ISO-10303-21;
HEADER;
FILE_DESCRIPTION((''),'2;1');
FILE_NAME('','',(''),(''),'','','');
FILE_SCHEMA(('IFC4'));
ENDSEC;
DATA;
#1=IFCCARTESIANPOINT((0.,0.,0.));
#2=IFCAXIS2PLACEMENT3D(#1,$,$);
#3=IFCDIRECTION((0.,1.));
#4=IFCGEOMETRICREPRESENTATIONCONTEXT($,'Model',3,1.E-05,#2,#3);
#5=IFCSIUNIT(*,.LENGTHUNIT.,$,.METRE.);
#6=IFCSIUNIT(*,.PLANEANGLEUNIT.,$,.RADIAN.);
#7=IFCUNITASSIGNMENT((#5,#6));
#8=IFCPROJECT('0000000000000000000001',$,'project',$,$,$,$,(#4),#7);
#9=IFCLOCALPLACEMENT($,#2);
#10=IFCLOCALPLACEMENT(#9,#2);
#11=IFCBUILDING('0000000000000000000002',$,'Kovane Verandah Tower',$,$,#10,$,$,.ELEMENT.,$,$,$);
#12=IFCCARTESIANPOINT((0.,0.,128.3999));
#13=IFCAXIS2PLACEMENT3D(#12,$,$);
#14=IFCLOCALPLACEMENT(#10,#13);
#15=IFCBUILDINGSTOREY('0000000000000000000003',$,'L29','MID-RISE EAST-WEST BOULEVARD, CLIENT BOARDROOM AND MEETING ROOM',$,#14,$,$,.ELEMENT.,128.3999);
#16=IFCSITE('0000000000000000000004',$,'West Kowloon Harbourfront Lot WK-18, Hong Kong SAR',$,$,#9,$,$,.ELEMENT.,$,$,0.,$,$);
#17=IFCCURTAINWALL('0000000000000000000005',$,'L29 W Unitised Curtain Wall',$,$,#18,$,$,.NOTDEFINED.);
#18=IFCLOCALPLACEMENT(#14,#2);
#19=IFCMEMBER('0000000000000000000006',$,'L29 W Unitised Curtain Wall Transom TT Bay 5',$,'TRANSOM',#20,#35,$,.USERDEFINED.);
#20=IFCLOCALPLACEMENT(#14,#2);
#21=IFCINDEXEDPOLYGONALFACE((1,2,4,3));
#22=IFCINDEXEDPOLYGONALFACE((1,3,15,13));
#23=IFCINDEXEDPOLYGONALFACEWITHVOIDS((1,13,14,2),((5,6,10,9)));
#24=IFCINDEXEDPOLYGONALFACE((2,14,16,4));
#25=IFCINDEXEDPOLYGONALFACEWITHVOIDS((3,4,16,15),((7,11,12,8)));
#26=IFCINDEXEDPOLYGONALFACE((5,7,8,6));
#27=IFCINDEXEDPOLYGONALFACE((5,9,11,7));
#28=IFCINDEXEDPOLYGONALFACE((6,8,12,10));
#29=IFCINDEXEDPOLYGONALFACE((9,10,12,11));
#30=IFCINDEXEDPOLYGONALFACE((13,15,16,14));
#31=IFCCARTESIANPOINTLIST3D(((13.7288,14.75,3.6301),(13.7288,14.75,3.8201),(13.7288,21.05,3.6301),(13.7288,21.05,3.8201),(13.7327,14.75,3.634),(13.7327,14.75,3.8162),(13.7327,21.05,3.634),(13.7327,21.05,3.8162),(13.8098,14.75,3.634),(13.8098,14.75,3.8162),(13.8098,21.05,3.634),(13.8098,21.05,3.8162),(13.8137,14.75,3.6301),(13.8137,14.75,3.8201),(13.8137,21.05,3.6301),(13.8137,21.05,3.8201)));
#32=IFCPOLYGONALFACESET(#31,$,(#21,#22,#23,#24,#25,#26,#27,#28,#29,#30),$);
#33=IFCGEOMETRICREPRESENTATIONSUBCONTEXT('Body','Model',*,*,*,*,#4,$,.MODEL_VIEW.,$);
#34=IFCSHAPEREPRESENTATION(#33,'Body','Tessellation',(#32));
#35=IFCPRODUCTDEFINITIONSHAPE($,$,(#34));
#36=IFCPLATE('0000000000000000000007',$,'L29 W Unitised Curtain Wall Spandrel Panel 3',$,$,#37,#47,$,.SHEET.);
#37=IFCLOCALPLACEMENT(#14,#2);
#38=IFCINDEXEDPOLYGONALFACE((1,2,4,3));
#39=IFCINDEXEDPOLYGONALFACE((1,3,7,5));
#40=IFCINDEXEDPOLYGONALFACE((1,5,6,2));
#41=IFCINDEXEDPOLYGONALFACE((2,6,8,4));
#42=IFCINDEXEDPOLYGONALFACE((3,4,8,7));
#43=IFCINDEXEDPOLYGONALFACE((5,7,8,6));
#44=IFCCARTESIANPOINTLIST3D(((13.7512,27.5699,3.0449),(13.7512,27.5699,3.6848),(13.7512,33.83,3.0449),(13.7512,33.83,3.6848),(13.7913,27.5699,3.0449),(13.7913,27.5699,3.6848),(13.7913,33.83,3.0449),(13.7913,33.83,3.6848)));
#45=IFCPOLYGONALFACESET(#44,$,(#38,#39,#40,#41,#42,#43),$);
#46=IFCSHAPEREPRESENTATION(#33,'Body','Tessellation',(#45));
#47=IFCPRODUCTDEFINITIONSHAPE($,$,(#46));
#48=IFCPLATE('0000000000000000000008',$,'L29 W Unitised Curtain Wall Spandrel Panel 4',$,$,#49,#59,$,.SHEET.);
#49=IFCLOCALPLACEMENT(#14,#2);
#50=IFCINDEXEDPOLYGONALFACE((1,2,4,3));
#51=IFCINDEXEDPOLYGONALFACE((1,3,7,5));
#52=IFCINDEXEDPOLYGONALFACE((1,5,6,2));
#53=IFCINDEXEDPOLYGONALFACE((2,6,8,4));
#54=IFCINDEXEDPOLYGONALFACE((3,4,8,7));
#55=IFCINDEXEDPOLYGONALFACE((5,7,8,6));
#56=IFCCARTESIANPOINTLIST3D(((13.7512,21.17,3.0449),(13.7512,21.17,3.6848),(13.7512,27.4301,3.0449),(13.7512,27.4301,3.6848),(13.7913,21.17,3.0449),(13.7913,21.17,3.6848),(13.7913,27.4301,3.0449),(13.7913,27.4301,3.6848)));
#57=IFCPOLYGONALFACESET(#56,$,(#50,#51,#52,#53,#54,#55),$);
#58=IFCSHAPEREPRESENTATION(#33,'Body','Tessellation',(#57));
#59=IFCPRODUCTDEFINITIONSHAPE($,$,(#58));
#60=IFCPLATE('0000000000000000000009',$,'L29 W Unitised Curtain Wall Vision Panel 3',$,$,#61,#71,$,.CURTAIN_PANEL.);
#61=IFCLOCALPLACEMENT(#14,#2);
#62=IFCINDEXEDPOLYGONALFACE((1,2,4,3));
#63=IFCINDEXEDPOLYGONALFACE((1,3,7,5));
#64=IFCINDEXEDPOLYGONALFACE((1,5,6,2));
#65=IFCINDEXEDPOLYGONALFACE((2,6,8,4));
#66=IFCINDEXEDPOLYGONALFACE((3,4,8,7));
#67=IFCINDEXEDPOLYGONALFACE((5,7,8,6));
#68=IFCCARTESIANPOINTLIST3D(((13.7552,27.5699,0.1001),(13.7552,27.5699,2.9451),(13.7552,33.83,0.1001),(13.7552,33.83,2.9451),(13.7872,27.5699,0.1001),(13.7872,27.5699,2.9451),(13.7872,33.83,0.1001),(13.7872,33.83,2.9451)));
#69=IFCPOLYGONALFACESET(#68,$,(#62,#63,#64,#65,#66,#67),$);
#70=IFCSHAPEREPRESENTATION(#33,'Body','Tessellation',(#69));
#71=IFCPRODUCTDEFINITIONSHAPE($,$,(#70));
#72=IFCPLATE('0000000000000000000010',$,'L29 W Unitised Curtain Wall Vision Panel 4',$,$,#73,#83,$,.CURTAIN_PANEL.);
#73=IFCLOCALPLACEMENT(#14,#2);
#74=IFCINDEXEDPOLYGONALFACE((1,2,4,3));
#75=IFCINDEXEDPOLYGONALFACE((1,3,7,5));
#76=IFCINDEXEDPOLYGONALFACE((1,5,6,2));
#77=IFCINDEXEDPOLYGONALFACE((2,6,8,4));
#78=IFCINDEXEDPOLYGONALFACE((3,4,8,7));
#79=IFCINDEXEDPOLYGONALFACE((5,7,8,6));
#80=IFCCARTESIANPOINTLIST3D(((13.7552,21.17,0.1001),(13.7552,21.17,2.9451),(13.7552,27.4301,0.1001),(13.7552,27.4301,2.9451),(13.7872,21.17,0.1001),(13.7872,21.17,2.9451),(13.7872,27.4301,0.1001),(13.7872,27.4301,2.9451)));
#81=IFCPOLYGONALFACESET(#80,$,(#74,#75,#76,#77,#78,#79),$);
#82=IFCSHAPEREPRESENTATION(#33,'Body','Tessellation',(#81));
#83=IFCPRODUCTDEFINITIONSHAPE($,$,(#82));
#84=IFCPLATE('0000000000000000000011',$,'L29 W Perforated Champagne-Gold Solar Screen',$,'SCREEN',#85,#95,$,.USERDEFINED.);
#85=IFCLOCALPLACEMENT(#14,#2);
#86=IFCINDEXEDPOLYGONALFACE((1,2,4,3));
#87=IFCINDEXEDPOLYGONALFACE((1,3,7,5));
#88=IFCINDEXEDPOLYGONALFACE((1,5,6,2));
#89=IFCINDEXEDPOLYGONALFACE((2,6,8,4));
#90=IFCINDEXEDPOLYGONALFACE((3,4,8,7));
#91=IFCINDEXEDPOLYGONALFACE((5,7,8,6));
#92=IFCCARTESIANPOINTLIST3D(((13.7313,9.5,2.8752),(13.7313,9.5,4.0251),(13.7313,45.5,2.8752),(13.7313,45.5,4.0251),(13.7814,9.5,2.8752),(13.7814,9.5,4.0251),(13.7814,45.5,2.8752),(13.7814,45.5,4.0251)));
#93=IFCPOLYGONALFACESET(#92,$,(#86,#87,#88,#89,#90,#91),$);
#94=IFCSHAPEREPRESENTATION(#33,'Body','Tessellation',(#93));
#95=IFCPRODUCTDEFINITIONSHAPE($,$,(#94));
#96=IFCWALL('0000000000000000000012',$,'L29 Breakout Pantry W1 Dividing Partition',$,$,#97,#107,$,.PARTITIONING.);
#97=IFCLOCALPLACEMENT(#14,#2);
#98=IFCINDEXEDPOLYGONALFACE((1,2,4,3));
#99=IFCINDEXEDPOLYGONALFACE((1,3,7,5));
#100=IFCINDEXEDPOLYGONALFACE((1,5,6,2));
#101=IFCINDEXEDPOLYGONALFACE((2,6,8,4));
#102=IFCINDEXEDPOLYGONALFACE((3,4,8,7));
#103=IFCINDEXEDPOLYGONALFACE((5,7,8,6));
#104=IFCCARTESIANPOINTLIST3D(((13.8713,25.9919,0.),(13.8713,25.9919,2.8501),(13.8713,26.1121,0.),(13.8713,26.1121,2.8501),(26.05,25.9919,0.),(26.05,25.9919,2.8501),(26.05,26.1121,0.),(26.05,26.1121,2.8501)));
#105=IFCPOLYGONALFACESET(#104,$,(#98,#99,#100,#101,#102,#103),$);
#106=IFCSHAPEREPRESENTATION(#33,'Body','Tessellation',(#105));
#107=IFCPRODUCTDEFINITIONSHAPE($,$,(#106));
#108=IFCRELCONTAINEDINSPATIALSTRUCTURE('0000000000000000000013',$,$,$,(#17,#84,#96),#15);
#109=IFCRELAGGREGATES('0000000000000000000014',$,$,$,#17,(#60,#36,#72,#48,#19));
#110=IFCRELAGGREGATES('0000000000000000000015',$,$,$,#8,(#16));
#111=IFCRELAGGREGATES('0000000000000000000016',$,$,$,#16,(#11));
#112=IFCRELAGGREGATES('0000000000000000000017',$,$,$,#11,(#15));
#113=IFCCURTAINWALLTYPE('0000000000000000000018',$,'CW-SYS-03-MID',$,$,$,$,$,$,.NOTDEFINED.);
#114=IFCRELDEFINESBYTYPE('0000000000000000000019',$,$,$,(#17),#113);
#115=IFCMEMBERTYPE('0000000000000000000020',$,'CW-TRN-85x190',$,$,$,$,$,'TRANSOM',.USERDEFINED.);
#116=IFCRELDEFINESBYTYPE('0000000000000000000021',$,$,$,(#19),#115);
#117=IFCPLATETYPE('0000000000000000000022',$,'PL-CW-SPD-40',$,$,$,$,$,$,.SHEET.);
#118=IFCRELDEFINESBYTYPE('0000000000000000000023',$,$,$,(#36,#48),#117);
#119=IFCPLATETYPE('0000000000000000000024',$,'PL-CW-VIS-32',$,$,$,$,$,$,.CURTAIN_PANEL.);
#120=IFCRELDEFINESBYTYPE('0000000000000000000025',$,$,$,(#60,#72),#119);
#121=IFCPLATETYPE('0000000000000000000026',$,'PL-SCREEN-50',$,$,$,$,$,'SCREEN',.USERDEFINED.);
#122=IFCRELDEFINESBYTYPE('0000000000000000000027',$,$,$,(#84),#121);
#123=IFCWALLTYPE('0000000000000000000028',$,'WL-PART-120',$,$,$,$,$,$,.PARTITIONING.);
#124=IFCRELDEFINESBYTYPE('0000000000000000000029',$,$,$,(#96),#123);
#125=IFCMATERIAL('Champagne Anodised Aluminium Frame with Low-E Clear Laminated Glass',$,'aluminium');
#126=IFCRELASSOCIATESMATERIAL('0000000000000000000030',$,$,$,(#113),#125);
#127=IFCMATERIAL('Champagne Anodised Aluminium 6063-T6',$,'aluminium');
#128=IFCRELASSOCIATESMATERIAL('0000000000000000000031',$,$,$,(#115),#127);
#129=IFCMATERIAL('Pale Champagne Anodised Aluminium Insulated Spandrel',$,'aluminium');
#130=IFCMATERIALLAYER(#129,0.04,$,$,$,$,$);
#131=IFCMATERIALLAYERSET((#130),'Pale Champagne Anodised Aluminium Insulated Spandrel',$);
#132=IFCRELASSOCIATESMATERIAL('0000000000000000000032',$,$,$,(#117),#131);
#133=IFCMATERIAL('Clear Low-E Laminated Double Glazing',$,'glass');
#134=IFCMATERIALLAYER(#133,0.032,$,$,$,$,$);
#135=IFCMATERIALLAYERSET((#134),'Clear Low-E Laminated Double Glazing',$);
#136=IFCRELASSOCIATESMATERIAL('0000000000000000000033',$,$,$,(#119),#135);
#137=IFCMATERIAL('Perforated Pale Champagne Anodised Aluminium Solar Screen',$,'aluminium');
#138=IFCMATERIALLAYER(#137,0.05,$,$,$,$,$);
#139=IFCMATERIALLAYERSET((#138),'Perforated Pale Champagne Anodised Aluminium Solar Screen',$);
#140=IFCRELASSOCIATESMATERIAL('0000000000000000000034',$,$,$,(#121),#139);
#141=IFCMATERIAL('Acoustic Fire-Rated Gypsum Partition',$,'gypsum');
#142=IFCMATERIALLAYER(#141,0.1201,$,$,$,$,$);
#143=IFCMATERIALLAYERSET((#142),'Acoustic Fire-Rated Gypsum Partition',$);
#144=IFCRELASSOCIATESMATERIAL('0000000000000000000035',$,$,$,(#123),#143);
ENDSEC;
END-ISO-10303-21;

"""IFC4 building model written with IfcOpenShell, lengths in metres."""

from ifc_helpers import new_model, si_unit, direction, frame, frame_2d, origin, origin_2d, place, context, subcontext, project, spatial, rectangle, hollow_rectangle, extrude, material, layer, layer_set, material_profile, profile_set, type_object, element, aggregate, save


model = new_model("IFC4")

# Units and contexts
model_context = context("Model", 3, precision=1e-05, world=origin(), true_north=direction((0.0, 1.0)))
body_context = subcontext(model_context, "Body", "Model", "MODEL_VIEW")
ifc_project = project(units=[si_unit("LENGTHUNIT", "METRE"), si_unit("PLANEANGLEUNIT", "RADIAN")], contexts=[model_context])

# Site, building, storey
site_placement = place(None, origin())
site = spatial("IfcSite", under=ifc_project, at=site_placement, Name="West Kowloon Harbourfront Lot WK-18, Hong Kong SAR", CompositionType="ELEMENT", RefElevation=0.0)
building_placement = place(site_placement, origin())
building = spatial("IfcBuilding", under=site, at=building_placement, Name="Kovane Verandah Tower", CompositionType="ELEMENT")
storey_placement = place(building_placement, frame((0.0, 0.0, 128.3999)))
storey = spatial("IfcBuildingStorey", under=building, at=storey_placement, Name="L29", Description="MID-RISE EAST-WEST BOULEVARD, CLIENT BOARDROOM AND MEETING ROOM", CompositionType="ELEMENT", Elevation=128.3999)

# Curtain wall, member, plates
ifc_material_1 = material(Name="Champagne Anodised Aluminium Frame with Low-E Clear Laminated Glass", Category="aluminium")
curtain_wall_type = type_object("IfcCurtainWallType", Name="CW-SYS-03-MID", PredefinedType="NOTDEFINED", material=ifc_material_1)
curtain_wall_placement = place(storey_placement, origin())
curtain_wall = element("IfcCurtainWall", 1, at=curtain_wall_placement, inside=storey, type_object=curtain_wall_type, Name="L29 W Unitised Curtain Wall", PredefinedType="NOTDEFINED")
ifc_material_2 = material(Name="Champagne Anodised Aluminium 6063-T6", Category="aluminium")
ifc_material_profile_1 = material_profile(ifc_material_2, hollow_rectangle(XDim=0.085, YDim=0.1899, WallThickness=0.0039, at=origin_2d()), Name="AL85x190x4")
ifc_profile_set_1 = profile_set([ifc_material_profile_1], Name="Champagne Anodised Aluminium 6063-T6")
member_type_1 = type_object("IfcMemberType", Name="CW-TRN-85x190", ElementType="TRANSOM", PredefinedType="USERDEFINED", material=ifc_profile_set_1)
member_1_placement = place(storey_placement, frame((13.7712, 21.05, 3.7251), z_axis=(0.0, -1.0, 0.0), x_axis=(1.0, 0.0, 0.0)))
member_1 = element("IfcMember", 2, at=member_1_placement, type_object=member_type_1, Name="L29 W Unitised Curtain Wall Transom TT Bay 5", ObjectType="TRANSOM", PredefinedType="USERDEFINED", context=body_context, shape_type="SweptSolid", body=[
    extrude(hollow_rectangle(XDim=0.085, YDim=0.1899, WallThickness=0.0039, at=origin_2d()), origin(), (0.0, 0.0, 1.0), 6.3),
])
ifc_material_3 = material(Name="Pale Champagne Anodised Aluminium Insulated Spandrel", Category="aluminium")
ifc_layer_1 = layer(ifc_material_3, 0.04)
ifc_layer_set_1 = layer_set([ifc_layer_1], Name="Pale Champagne Anodised Aluminium Insulated Spandrel")
plate_type_1 = type_object("IfcPlateType", Name="PL-CW-SPD-40", PredefinedType="SHEET", material=ifc_layer_set_1)
plate_1_placement = place(storey_placement, frame((13.7712, 30.7, 3.0449), z_axis=(0.0, 0.0, 1.0), x_axis=(0.0, -1.0, 0.0)))
plate_1 = element("IfcPlate", 3, at=plate_1_placement, type_object=plate_type_1, Name="L29 W Unitised Curtain Wall Spandrel Panel 3", PredefinedType="SHEET", context=body_context, shape_type="SweptSolid", body=[
    extrude(rectangle(XDim=6.26, YDim=0.04, at=origin_2d()), origin(), (0.0, 0.0, 1.0), 0.6399),
])
plate_2_placement = place(storey_placement, frame((13.7712, 24.3, 3.0449), z_axis=(0.0, 0.0, 1.0), x_axis=(0.0, -1.0, 0.0)))
plate_2 = element("IfcPlate", 4, at=plate_2_placement, type_object=plate_type_1, Name="L29 W Unitised Curtain Wall Spandrel Panel 4", PredefinedType="SHEET", context=body_context, shape_type="SweptSolid", body=[
    extrude(rectangle(XDim=6.26, YDim=0.04, at=origin_2d()), origin(), (0.0, 0.0, 1.0), 0.6399),
])
ifc_material_4 = material(Name="Clear Low-E Laminated Double Glazing", Category="glass")
ifc_layer_2 = layer(ifc_material_4, 0.032)
ifc_layer_set_2 = layer_set([ifc_layer_2], Name="Clear Low-E Laminated Double Glazing")
plate_type_2 = type_object("IfcPlateType", Name="PL-CW-VIS-32", PredefinedType="CURTAIN_PANEL", material=ifc_layer_set_2)
plate_3_placement = place(storey_placement, frame((13.7712, 30.7, 0.1001), z_axis=(0.0, 0.0, 1.0), x_axis=(0.0, -1.0, 0.0)))
plate_3 = element("IfcPlate", 5, at=plate_3_placement, type_object=plate_type_2, Name="L29 W Unitised Curtain Wall Vision Panel 3", PredefinedType="CURTAIN_PANEL", context=body_context, shape_type="SweptSolid", body=[
    extrude(rectangle(XDim=6.26, YDim=0.032, at=origin_2d()), origin(), (0.0, 0.0, 1.0), 2.845),
])
plate_4_placement = place(storey_placement, frame((13.7712, 24.3, 0.1001), z_axis=(0.0, 0.0, 1.0), x_axis=(0.0, -1.0, 0.0)))
plate_4 = element("IfcPlate", 6, at=plate_4_placement, type_object=plate_type_2, Name="L29 W Unitised Curtain Wall Vision Panel 4", PredefinedType="CURTAIN_PANEL", context=body_context, shape_type="SweptSolid", body=[
    extrude(rectangle(XDim=6.26, YDim=0.032, at=origin_2d()), origin(), (0.0, 0.0, 1.0), 2.845),
])
aggregate(curtain_wall, [plate_3, plate_1, plate_4, plate_2, member_1])

# Plate
ifc_material_5 = material(Name="Perforated Pale Champagne Anodised Aluminium Solar Screen", Category="aluminium")
ifc_layer_3 = layer(ifc_material_5, 0.05)
ifc_layer_set_3 = layer_set([ifc_layer_3], Name="Perforated Pale Champagne Anodised Aluminium Solar Screen")
plate_type_3 = type_object("IfcPlateType", Name="PL-SCREEN-50", ElementType="SCREEN", PredefinedType="USERDEFINED", material=ifc_layer_set_3)
plate_5_placement = place(storey_placement, frame((13.7563, 27.5, 2.8752), z_axis=(0.0, 0.0, 1.0), x_axis=(0.0, -1.0, 0.0)))
element("IfcPlate", 7, at=plate_5_placement, inside=storey, type_object=plate_type_3, Name="L29 W Perforated Champagne-Gold Solar Screen", ObjectType="SCREEN", PredefinedType="USERDEFINED", context=body_context, shape_type="SweptSolid", body=[
    extrude(rectangle(XDim=36.0, YDim=0.05, at=origin_2d()), origin(), (0.0, 0.0, 1.0), 1.1499),
])

# Wall
ifc_material_6 = material(Name="Acoustic Fire-Rated Gypsum Partition", Category="gypsum")
ifc_layer_4 = layer(ifc_material_6, 0.1201)
ifc_layer_set_4 = layer_set([ifc_layer_4], Name="Acoustic Fire-Rated Gypsum Partition")
wall_type = type_object("IfcWallType", Name="WL-PART-120", PredefinedType="PARTITIONING", material=ifc_layer_set_4)
wall_placement = place(storey_placement, frame((13.8713, 26.052, 0.0), z_axis=(0.0, 0.0, 1.0), x_axis=(1.0, 0.0, 0.0)))
element("IfcWall", 8, at=wall_placement, inside=storey, type_object=wall_type, Name="L29 Breakout Pantry W1 Dividing Partition", PredefinedType="PARTITIONING", context=body_context, shape_type="SweptSolid", body=[
    extrude(rectangle(XDim=12.1787, YDim=0.1201, at=frame_2d((6.0894, 0.0))), origin(), (0.0, 0.0, 1.0), 2.8501),
])

save(model, "model.ifc")
